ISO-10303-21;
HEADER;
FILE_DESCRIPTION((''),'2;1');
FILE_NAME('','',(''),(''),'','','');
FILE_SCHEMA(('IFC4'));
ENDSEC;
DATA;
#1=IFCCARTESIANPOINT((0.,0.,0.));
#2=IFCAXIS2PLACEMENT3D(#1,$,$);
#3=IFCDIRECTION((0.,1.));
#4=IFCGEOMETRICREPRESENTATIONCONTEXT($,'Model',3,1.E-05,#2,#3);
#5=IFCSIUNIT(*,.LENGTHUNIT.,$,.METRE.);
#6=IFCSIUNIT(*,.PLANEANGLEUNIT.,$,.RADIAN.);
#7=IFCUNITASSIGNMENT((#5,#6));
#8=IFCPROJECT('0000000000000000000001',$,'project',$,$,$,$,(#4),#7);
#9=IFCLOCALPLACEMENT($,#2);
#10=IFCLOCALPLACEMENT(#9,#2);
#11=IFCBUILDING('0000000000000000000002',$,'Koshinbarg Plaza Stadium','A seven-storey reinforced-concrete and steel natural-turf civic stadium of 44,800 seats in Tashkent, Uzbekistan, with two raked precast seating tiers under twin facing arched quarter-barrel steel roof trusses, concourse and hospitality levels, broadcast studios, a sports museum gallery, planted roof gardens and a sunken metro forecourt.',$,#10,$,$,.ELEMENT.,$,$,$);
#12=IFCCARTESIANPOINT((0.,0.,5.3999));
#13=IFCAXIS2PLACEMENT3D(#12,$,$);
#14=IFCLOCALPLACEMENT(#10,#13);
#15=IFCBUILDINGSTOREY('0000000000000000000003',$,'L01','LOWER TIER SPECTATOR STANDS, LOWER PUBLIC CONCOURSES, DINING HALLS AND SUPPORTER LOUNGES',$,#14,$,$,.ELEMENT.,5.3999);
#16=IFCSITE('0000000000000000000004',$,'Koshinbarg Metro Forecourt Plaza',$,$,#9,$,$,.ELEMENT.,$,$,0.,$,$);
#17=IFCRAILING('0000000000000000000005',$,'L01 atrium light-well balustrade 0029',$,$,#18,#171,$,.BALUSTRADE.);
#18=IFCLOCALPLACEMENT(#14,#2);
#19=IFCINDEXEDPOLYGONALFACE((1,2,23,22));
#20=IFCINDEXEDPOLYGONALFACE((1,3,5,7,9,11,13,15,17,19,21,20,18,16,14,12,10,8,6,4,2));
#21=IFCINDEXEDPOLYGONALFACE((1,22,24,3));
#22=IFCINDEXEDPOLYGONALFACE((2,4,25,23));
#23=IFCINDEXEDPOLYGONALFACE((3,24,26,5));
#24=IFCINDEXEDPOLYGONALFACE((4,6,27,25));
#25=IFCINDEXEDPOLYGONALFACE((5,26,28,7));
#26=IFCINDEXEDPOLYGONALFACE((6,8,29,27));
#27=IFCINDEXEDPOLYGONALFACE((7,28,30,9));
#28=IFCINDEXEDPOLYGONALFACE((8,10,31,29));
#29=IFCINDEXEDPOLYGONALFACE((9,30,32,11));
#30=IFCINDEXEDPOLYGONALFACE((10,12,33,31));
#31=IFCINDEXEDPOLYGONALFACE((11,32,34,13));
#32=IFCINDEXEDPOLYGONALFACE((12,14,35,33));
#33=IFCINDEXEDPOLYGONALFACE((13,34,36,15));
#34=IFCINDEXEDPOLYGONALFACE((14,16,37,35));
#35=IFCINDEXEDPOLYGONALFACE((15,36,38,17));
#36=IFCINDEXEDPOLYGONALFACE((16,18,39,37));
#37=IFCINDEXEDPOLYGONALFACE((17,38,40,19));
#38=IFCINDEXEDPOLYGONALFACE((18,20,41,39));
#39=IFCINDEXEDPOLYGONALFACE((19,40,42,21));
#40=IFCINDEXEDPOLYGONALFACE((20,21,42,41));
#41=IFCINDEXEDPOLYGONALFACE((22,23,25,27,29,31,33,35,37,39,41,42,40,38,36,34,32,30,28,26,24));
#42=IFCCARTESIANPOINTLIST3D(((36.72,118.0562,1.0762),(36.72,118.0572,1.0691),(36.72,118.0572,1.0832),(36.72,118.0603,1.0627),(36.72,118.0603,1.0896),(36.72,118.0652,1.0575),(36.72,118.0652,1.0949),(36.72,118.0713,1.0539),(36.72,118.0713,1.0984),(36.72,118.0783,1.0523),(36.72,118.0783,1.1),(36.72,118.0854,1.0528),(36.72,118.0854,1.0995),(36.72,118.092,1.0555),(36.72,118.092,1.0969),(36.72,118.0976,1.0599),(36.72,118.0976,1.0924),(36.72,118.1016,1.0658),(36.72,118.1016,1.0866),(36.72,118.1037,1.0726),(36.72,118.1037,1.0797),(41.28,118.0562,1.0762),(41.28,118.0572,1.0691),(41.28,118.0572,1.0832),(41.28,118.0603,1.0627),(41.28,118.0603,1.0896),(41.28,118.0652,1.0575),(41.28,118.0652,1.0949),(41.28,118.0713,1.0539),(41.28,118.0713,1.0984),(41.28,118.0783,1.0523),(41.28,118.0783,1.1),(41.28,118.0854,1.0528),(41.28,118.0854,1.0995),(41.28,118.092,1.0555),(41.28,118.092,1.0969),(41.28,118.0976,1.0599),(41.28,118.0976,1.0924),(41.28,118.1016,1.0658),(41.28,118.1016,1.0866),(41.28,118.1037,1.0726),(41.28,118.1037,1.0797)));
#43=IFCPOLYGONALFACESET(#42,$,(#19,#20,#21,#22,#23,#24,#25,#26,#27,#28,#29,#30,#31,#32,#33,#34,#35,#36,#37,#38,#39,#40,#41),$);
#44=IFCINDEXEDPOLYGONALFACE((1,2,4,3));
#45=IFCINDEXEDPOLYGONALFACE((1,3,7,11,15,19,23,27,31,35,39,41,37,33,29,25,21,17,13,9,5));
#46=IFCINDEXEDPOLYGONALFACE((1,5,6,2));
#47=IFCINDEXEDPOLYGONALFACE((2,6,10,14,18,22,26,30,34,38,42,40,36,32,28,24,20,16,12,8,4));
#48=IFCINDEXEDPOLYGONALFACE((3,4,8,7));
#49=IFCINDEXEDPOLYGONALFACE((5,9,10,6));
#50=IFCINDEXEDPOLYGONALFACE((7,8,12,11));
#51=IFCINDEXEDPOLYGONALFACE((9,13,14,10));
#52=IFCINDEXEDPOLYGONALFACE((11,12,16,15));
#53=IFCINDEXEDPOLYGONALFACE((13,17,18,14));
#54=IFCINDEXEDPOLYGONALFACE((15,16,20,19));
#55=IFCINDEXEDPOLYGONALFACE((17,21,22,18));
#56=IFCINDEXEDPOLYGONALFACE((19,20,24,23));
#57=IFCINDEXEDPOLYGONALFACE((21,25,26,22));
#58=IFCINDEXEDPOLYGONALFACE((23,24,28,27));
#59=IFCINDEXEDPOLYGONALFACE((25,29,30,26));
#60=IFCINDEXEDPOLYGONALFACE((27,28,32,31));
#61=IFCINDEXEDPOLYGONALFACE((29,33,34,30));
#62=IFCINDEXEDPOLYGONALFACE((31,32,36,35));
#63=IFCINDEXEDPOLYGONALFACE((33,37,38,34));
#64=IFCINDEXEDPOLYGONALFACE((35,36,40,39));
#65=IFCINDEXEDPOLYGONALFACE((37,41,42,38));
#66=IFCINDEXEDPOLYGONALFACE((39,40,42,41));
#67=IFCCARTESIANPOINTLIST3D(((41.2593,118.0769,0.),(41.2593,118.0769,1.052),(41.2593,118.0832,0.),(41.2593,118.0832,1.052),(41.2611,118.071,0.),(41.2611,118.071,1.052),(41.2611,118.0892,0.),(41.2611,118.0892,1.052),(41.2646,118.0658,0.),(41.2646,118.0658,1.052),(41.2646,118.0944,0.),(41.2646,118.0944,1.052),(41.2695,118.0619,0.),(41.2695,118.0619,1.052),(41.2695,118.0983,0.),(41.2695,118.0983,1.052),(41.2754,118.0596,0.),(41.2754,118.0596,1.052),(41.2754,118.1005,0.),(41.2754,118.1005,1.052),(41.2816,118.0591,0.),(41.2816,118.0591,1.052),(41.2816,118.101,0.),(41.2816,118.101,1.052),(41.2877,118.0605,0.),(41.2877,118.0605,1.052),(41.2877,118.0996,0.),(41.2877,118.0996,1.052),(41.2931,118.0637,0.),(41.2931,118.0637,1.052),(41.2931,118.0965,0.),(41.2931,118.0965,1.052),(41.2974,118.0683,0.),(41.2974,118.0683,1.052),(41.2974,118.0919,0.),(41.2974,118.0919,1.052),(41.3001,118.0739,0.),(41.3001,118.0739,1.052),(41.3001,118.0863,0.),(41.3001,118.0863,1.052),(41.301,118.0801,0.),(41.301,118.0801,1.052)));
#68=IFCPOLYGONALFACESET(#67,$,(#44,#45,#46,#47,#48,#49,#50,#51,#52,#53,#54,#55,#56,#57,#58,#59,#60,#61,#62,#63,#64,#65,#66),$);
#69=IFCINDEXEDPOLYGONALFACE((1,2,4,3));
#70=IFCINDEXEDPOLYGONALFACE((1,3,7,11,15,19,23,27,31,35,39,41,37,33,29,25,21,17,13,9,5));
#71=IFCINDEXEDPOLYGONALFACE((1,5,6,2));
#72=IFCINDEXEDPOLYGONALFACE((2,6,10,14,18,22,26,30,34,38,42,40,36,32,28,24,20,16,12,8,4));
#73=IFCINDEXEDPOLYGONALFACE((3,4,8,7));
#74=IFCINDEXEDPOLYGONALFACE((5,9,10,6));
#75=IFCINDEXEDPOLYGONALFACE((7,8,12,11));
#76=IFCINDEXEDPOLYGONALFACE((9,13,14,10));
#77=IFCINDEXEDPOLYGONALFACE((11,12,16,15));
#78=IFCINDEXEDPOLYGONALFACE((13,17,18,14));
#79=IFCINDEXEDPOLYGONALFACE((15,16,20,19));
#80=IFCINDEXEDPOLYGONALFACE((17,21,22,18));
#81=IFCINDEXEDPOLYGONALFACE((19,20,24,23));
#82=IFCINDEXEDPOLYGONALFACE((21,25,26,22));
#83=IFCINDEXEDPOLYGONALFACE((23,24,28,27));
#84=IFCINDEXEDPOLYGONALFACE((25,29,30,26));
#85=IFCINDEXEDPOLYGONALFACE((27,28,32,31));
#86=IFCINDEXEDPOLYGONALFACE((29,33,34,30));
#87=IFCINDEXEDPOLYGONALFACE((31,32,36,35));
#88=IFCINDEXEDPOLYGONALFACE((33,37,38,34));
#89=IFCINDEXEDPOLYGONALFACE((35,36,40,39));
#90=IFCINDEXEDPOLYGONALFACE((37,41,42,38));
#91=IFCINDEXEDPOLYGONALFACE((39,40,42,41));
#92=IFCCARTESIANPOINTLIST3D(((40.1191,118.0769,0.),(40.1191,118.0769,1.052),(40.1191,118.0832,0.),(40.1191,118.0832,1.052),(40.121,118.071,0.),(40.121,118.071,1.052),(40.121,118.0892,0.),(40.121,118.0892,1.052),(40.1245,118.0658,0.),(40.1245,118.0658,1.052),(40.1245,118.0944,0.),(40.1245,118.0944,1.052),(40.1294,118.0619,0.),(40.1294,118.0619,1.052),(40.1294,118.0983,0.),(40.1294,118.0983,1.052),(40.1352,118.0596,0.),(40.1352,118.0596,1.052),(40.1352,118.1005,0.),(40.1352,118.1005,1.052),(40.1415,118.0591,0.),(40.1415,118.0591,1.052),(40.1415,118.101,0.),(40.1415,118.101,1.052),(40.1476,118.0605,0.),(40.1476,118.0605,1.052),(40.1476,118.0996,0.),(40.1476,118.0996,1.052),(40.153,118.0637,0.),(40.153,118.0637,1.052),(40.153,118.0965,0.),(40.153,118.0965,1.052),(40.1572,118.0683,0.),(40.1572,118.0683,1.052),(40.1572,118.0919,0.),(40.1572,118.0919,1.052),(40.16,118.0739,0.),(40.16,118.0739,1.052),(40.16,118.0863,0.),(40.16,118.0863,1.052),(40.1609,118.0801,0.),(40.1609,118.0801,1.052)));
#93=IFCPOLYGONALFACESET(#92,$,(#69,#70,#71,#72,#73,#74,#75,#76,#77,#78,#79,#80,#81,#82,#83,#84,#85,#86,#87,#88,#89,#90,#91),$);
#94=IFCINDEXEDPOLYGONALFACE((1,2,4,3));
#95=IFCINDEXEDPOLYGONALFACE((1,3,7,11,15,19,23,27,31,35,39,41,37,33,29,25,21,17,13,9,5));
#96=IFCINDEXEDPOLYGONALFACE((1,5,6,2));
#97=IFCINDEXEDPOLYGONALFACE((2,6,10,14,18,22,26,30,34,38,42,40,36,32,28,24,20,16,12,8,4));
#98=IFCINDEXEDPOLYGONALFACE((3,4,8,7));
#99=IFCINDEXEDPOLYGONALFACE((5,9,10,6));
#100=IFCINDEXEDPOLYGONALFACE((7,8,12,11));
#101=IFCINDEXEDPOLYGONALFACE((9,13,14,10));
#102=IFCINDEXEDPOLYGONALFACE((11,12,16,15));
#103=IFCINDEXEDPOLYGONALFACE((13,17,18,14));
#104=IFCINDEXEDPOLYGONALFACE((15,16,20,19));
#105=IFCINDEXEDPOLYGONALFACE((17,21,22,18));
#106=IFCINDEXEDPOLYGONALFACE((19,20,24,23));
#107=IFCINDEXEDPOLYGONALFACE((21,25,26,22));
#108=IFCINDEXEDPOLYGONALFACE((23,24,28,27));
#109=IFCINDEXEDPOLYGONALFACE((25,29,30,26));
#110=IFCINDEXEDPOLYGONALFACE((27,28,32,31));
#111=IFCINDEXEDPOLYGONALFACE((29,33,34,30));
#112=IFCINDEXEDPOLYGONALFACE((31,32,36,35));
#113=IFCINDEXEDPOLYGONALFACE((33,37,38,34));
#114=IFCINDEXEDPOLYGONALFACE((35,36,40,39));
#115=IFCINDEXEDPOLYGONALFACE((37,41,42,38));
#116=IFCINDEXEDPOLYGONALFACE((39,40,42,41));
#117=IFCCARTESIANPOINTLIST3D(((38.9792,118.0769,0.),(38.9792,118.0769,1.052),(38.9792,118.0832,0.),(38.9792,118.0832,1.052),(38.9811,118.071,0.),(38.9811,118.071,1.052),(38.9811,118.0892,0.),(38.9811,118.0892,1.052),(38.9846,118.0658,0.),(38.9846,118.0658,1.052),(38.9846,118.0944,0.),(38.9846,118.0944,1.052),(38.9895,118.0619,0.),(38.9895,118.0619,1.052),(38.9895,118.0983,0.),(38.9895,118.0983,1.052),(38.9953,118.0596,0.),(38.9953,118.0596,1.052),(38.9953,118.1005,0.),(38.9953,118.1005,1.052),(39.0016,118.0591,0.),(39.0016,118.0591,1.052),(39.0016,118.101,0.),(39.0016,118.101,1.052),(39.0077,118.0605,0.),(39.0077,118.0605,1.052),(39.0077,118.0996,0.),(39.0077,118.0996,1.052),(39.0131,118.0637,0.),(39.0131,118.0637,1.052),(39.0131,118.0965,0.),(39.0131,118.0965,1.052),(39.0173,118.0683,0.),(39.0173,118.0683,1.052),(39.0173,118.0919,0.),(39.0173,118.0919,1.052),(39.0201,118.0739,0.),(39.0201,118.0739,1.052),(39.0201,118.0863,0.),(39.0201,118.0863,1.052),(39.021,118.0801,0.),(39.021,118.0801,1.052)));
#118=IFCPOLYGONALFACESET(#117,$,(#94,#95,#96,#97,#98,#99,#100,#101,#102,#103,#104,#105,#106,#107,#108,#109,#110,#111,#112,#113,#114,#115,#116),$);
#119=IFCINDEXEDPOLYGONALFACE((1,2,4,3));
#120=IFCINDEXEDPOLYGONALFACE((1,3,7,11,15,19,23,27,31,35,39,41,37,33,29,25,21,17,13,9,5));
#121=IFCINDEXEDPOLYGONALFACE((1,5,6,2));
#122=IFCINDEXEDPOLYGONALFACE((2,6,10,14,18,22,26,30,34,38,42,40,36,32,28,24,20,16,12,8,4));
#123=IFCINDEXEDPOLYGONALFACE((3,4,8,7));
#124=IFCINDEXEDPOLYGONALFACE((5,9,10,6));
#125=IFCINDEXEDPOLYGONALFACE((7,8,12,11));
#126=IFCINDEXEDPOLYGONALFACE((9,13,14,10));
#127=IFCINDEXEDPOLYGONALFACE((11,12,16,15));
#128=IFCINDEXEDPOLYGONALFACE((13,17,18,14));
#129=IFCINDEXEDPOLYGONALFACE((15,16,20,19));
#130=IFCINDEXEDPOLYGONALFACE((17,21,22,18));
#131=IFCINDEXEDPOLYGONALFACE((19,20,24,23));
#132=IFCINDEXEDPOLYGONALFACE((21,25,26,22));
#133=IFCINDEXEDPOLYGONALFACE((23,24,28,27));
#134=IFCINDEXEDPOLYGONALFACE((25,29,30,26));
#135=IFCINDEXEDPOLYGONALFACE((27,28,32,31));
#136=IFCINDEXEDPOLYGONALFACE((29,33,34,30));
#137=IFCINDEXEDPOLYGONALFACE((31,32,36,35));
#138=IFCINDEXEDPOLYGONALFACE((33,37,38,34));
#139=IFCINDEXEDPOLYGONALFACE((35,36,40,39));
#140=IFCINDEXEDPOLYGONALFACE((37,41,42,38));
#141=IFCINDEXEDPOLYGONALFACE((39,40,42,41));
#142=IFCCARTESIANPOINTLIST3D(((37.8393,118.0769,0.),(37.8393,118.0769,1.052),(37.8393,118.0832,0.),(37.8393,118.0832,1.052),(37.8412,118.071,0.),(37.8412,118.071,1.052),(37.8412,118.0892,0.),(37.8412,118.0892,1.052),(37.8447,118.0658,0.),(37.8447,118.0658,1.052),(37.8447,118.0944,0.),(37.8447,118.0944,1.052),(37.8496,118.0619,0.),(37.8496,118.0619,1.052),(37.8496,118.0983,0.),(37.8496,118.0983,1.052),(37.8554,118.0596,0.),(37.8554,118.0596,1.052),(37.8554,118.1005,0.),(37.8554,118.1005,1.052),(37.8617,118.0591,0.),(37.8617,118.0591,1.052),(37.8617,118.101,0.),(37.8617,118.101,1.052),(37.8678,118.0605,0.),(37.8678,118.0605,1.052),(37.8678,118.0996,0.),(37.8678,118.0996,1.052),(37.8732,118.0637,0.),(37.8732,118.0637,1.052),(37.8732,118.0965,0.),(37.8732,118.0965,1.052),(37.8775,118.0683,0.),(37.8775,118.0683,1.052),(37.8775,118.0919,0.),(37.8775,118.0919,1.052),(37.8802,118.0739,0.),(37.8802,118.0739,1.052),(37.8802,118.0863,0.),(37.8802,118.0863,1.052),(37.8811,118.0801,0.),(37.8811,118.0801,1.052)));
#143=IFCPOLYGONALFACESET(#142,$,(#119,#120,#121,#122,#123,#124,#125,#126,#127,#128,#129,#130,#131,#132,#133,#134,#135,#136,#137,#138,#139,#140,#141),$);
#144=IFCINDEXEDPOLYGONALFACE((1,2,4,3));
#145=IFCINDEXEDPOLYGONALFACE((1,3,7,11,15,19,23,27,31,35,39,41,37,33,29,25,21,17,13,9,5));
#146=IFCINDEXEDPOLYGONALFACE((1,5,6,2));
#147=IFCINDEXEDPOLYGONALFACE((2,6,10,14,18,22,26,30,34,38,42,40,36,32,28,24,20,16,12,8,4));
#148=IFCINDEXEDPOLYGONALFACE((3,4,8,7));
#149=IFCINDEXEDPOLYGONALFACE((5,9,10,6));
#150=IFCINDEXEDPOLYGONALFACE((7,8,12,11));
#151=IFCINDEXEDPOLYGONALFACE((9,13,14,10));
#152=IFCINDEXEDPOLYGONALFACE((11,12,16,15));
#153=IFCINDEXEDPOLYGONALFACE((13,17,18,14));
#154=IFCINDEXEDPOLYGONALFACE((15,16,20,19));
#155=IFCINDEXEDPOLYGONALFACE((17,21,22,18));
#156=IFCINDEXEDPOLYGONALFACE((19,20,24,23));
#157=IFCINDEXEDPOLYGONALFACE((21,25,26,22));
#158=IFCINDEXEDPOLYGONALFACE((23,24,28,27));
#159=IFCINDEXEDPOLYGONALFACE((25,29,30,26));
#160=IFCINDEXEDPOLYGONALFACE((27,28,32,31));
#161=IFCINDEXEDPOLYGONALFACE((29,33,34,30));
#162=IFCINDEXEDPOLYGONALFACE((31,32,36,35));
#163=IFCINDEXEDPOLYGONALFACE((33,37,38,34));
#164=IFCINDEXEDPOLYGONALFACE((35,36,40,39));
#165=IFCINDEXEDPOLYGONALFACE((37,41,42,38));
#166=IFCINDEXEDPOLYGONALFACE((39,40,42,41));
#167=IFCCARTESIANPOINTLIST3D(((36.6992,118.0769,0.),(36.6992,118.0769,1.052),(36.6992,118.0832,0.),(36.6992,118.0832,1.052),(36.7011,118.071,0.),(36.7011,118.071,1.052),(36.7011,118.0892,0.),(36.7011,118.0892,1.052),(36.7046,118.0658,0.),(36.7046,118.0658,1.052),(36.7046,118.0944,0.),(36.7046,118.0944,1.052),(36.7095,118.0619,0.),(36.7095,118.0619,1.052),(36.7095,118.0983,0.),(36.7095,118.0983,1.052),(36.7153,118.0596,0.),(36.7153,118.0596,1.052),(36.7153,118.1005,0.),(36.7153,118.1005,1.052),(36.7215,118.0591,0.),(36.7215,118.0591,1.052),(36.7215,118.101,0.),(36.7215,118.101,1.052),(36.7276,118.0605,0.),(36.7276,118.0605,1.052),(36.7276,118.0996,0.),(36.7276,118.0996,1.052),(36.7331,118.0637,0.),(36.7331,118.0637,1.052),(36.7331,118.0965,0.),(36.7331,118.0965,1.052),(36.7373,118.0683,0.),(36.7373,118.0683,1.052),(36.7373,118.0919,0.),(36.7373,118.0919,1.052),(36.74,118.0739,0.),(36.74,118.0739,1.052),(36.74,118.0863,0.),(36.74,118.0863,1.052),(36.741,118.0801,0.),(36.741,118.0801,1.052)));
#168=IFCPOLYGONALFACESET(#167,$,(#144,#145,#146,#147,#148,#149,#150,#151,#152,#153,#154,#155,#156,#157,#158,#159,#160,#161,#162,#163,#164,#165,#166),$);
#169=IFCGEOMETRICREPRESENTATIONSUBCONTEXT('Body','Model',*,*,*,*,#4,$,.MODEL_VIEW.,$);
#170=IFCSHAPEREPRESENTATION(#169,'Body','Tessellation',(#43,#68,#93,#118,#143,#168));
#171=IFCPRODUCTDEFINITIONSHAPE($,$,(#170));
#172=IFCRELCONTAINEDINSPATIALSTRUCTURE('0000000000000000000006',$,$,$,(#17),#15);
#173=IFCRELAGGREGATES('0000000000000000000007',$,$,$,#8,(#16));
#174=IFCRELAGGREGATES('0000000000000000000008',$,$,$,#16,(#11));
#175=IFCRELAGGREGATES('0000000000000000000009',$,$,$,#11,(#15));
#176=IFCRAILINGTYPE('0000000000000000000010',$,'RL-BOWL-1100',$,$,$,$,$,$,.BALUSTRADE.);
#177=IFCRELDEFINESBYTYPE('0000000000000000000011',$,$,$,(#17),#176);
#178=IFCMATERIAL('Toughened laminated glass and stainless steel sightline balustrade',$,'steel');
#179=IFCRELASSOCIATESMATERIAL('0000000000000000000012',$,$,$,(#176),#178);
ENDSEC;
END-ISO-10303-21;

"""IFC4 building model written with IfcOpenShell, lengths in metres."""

from ifc_helpers import new_model, si_unit, direction, frame, origin, origin_2d, place, context, subcontext, project, spatial, circle, extrude, material, type_object, element, save


model = new_model("IFC4")

# Units and contexts
model_context = context("Model", 3, precision=1e-05, world=origin(), true_north=direction((0.0, 1.0)))
body_context = subcontext(model_context, "Body", "Model", "MODEL_VIEW")
ifc_project = project(units=[si_unit("LENGTHUNIT", "METRE"), si_unit("PLANEANGLEUNIT", "RADIAN")], contexts=[model_context])

# Site, building, storey
site_placement = place(None, origin())
site = spatial("IfcSite", under=ifc_project, at=site_placement, Name="Koshinbarg Metro Forecourt Plaza", CompositionType="ELEMENT", RefElevation=0.0)
building_placement = place(site_placement, origin())
building = spatial("IfcBuilding", under=site, at=building_placement, Name="Koshinbarg Plaza Stadium", Description="A seven-storey reinforced-concrete and steel natural-turf civic stadium of 44,800 seats in Tashkent, Uzbekistan, with two raked precast seating tiers under twin facing arched quarter-barrel steel roof trusses, concourse and hospitality levels, broadcast studios, a sports museum gallery, planted roof gardens and a sunken metro forecourt.", CompositionType="ELEMENT")
storey_placement = place(building_placement, frame((0.0, 0.0, 5.3999)))
storey = spatial("IfcBuildingStorey", under=building, at=storey_placement, Name="L01", Description="LOWER TIER SPECTATOR STANDS, LOWER PUBLIC CONCOURSES, DINING HALLS AND SUPPORTER LOUNGES", CompositionType="ELEMENT", Elevation=5.3999)

# Railing
ifc_material_1 = material(Name="Toughened laminated glass and stainless steel sightline balustrade", Category="steel")
railing_type = type_object("IfcRailingType", Name="RL-BOWL-1100", PredefinedType="BALUSTRADE", material=ifc_material_1)
railing_placement = place(storey_placement, frame((41.28, 118.0801, 0.0)))
element("IfcRailing", 1, at=railing_placement, inside=storey, type_object=railing_type, Name="L01 atrium light-well balustrade 0029", PredefinedType="BALUSTRADE", context=body_context, shape_type="SweptSolid", body=[
    extrude(circle(Radius=0.0239, at=origin_2d()), frame((0.0, 0.0, 1.0762), z_axis=(-1.0, 0.0, 0.0), x_axis=(0.0, -1.0, 0.0)), (0.0, 0.0, 1.0), 4.5601),
    extrude(circle(Radius=0.021, at=origin_2d()), origin(), (0.0, 0.0, 1.0), 1.052),
    extrude(circle(Radius=0.021, at=origin_2d()), frame((-1.1401, 0.0, 0.0)), (0.0, 0.0, 1.0), 1.052),
    extrude(circle(Radius=0.021, at=origin_2d()), frame((-2.28, 0.0, 0.0)), (0.0, 0.0, 1.0), 1.052),
    extrude(circle(Radius=0.021, at=origin_2d()), frame((-3.4199, 0.0, 0.0)), (0.0, 0.0, 1.0), 1.052),
    extrude(circle(Radius=0.021, at=origin_2d()), frame((-4.5601, 0.0, 0.0)), (0.0, 0.0, 1.0), 1.052),
])

save(model, "model.ifc")
